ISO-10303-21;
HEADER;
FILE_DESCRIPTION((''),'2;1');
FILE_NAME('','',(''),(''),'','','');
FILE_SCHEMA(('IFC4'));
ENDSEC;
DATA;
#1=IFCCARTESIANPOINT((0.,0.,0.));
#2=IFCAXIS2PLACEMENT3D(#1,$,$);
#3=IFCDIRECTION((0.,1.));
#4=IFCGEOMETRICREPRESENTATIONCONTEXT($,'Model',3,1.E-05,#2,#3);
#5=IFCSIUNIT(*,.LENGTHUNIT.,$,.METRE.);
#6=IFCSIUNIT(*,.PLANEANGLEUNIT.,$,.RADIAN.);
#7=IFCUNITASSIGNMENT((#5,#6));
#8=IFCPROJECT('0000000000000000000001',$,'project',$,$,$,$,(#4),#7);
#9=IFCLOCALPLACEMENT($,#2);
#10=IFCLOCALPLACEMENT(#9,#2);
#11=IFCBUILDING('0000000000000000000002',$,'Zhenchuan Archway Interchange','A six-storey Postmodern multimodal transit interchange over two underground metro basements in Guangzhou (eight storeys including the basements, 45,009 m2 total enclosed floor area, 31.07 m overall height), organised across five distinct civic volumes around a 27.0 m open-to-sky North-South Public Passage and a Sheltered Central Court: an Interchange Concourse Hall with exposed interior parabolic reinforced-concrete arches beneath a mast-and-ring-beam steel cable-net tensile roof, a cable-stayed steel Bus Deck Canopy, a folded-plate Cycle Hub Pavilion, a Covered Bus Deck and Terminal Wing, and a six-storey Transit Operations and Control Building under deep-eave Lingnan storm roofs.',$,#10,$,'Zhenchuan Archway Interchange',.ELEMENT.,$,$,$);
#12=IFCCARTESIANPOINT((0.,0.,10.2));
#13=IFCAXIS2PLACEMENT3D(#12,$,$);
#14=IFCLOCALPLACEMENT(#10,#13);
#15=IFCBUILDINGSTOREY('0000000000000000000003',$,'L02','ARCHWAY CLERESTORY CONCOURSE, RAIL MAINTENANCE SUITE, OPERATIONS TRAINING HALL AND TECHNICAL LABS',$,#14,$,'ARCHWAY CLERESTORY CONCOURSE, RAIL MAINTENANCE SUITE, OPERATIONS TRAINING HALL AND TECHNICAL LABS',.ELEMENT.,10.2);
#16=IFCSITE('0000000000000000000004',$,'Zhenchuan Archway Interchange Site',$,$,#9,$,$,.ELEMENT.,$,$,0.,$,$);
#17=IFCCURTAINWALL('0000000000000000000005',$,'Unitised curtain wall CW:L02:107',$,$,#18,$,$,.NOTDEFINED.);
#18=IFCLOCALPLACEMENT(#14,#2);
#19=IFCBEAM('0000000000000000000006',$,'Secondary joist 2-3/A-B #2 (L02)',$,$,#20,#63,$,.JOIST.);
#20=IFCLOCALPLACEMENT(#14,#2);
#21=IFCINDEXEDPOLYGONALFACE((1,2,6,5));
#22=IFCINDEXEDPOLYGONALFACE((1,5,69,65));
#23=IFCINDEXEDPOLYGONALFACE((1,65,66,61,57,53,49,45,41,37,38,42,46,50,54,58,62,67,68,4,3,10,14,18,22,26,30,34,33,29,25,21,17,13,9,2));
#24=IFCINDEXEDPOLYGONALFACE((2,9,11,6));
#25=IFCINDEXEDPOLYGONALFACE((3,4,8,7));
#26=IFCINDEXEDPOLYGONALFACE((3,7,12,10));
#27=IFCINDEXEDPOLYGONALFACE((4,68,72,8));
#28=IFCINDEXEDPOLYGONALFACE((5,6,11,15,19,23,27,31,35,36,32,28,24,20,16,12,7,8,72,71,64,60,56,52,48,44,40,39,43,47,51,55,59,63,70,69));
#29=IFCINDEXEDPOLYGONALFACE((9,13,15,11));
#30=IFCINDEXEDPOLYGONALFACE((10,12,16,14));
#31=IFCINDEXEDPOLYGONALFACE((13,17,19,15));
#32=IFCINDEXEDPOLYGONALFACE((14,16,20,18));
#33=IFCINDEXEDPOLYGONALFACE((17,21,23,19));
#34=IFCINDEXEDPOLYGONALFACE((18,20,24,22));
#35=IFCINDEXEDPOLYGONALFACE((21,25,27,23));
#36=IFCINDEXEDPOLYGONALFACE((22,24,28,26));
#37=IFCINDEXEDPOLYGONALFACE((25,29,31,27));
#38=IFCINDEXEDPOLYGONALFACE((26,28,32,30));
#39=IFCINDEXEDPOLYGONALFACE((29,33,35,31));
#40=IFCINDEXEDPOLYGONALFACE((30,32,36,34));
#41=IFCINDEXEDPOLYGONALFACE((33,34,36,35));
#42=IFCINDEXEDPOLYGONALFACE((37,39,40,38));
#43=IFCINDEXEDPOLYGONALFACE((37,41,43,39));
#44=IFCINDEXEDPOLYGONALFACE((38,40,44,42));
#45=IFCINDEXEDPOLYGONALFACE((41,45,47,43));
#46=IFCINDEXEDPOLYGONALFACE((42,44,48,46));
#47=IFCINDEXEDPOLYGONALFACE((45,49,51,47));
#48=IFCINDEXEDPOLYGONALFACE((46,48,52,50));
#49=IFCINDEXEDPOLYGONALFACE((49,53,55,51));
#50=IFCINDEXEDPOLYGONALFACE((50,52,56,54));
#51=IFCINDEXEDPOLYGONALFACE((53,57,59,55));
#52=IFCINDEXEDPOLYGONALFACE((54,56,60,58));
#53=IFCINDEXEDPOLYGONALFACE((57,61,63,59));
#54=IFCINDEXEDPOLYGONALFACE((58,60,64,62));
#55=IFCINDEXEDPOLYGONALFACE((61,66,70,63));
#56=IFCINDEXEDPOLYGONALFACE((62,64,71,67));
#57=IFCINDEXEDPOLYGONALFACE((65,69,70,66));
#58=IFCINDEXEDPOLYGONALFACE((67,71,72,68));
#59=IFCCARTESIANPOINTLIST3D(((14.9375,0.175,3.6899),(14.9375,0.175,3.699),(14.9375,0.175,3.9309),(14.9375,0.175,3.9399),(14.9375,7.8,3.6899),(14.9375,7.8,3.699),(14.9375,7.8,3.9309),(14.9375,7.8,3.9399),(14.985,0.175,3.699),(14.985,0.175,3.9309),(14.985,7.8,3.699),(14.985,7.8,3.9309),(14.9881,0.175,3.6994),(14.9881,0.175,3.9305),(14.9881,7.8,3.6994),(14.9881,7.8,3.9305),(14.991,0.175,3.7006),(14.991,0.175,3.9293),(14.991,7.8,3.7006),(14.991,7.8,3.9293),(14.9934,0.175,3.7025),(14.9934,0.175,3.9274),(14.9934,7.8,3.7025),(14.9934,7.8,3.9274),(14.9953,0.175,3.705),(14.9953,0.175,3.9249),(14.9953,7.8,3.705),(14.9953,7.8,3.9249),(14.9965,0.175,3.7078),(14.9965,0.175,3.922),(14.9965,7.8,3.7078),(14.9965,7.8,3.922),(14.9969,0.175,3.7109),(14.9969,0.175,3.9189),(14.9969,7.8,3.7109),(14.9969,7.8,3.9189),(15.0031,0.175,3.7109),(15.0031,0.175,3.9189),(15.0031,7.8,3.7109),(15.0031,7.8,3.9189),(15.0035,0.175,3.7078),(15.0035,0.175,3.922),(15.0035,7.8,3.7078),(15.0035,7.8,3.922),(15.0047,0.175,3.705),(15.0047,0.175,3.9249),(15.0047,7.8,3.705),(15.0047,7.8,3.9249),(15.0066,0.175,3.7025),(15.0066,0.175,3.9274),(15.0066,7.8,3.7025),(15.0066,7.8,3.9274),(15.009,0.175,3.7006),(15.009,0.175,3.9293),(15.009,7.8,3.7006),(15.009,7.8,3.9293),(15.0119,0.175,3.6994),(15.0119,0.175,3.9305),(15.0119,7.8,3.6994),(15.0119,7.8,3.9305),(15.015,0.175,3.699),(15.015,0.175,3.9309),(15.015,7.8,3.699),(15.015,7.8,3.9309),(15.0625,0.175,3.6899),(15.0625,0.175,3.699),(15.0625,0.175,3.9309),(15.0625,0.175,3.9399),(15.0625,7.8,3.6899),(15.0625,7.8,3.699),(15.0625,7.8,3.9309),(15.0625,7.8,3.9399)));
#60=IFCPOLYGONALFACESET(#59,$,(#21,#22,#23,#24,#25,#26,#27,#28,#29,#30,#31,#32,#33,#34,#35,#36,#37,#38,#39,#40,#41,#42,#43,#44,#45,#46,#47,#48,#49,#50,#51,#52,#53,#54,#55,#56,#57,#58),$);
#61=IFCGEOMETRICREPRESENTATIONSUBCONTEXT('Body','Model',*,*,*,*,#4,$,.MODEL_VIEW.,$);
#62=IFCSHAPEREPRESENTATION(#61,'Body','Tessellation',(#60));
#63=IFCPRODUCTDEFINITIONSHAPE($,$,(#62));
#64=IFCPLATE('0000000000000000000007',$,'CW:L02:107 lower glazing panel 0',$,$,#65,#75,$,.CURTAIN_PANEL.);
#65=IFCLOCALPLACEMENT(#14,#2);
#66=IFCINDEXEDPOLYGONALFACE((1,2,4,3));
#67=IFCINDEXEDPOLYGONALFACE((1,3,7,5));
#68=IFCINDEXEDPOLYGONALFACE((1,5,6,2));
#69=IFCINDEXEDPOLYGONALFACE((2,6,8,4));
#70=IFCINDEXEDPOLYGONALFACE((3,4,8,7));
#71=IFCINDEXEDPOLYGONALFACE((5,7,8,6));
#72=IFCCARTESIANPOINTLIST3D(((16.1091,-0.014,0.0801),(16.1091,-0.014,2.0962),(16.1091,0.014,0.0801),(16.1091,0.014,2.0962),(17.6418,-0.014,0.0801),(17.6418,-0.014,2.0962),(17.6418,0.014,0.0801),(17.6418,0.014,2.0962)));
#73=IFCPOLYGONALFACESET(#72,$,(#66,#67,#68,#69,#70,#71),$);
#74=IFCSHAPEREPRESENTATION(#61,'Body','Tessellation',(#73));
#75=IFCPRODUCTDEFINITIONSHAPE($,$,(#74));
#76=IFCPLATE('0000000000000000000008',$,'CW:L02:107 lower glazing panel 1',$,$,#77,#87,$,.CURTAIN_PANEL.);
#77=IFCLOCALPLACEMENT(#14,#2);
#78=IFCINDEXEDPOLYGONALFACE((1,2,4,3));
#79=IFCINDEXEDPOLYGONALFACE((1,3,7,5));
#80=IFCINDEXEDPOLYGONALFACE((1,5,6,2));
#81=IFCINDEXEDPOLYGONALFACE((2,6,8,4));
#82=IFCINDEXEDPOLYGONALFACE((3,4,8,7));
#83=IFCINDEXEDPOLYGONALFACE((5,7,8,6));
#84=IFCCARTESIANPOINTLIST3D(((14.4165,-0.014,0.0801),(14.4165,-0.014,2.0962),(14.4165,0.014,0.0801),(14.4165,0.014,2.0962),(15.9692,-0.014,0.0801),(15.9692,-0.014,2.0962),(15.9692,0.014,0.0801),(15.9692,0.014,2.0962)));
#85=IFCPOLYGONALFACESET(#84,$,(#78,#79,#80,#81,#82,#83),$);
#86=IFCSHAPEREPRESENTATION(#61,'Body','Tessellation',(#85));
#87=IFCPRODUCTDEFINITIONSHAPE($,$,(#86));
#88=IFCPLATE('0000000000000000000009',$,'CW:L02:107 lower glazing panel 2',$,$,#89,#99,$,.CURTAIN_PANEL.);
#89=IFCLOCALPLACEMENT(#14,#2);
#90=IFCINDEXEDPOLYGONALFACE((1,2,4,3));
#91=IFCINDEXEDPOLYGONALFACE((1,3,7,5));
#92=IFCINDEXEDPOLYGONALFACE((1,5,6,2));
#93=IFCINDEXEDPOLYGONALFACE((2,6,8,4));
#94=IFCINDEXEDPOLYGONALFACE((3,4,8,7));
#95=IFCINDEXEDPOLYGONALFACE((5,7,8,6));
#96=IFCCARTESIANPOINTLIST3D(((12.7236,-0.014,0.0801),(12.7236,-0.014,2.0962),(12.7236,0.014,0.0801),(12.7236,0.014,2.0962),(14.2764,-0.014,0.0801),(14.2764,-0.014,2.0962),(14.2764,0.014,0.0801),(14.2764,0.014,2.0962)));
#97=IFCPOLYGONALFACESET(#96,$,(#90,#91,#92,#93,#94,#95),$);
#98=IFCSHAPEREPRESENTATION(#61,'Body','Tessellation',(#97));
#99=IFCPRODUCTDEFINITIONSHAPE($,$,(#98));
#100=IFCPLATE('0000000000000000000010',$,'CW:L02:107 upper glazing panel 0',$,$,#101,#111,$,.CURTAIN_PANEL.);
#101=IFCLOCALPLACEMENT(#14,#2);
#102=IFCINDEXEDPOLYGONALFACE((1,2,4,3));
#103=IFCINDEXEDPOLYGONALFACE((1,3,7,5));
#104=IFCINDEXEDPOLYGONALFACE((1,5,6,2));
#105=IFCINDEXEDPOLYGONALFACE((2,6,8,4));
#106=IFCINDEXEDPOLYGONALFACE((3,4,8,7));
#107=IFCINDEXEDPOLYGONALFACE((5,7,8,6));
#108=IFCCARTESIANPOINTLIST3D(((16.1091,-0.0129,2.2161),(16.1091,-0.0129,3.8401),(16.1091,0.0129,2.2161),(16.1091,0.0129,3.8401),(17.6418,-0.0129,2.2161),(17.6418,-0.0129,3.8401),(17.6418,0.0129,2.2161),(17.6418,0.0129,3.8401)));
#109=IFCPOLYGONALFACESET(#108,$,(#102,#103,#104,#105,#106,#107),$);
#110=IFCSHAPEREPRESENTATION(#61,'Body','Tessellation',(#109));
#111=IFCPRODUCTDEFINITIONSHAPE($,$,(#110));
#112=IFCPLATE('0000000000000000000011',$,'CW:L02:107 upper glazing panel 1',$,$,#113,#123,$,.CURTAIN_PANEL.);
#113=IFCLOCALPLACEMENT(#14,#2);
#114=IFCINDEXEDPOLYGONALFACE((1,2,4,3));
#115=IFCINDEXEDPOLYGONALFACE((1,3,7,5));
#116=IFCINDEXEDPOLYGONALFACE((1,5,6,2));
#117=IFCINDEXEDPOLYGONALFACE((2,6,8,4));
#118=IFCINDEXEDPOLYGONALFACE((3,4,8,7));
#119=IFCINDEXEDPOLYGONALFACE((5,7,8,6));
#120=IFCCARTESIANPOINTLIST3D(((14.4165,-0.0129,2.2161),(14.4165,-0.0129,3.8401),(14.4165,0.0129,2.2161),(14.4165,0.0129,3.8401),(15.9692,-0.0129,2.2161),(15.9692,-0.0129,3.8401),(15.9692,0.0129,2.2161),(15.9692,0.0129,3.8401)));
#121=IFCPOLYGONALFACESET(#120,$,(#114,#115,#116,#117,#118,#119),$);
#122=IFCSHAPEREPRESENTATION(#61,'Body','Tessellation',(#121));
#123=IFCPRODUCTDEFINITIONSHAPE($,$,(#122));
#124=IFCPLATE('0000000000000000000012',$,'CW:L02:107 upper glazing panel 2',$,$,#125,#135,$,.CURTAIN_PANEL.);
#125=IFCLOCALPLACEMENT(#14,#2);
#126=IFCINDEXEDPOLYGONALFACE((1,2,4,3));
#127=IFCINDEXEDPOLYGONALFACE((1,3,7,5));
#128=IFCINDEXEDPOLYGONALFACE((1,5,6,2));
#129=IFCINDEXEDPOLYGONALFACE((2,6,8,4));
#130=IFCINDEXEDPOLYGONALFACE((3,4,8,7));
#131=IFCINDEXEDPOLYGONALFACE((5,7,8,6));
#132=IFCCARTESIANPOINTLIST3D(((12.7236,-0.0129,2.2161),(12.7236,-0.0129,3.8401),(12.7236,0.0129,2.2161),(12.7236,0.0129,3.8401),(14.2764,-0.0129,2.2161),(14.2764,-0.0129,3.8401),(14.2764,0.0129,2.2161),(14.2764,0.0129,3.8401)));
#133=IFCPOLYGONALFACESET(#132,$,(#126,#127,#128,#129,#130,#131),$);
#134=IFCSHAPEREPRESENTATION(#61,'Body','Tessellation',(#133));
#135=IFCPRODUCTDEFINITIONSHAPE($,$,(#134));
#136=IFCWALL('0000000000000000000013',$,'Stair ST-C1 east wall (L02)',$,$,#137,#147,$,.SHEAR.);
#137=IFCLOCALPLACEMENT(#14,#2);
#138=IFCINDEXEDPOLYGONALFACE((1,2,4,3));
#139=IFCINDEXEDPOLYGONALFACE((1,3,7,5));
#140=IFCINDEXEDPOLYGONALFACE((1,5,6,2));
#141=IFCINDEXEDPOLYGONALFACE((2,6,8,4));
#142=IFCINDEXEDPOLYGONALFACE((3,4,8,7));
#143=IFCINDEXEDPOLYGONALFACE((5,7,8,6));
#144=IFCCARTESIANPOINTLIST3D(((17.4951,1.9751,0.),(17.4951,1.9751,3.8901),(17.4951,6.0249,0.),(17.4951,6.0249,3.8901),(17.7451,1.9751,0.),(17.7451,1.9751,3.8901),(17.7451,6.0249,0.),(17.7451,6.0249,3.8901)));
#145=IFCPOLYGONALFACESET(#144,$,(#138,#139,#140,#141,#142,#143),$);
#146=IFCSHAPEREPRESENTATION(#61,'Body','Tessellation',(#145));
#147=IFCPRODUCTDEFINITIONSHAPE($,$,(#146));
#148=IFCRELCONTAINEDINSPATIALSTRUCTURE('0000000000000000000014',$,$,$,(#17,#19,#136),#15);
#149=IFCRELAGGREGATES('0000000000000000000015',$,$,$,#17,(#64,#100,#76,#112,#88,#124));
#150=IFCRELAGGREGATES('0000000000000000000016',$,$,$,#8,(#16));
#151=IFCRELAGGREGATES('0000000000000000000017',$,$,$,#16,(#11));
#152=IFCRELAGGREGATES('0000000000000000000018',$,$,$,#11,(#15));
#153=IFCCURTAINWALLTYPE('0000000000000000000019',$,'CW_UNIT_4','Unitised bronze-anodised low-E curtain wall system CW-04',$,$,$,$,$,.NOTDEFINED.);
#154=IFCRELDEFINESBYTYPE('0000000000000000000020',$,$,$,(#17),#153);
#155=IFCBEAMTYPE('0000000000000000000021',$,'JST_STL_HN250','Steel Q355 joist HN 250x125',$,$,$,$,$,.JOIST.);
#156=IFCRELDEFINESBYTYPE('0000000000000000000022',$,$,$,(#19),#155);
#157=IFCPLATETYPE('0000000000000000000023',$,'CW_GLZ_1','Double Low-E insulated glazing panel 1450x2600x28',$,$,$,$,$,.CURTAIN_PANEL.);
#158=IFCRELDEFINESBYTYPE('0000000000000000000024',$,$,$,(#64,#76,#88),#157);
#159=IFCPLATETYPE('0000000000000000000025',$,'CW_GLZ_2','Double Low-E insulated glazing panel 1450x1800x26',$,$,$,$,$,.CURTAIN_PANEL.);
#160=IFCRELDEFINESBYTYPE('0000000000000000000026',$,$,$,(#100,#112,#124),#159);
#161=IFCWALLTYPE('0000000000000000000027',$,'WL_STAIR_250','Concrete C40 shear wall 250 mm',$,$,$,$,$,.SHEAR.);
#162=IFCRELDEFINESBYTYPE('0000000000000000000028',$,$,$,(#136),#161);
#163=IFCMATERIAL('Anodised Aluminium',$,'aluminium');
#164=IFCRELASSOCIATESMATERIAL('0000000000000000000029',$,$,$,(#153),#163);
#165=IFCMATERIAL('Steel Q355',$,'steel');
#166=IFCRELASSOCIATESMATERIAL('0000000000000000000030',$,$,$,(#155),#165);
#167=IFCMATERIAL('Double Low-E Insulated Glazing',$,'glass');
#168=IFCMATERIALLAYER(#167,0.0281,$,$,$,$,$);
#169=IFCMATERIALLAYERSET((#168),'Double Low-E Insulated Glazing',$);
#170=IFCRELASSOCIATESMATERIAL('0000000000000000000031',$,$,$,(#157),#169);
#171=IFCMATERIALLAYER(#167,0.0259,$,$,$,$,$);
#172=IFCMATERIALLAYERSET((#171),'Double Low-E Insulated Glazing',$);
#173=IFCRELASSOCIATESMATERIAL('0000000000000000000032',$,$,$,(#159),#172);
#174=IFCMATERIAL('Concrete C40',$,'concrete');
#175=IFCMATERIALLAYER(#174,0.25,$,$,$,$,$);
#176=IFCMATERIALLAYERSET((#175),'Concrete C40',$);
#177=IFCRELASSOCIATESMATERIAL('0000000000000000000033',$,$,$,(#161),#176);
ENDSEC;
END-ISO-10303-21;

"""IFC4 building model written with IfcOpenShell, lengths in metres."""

from ifc_helpers import new_model, si_unit, direction, frame, frame_2d, origin, origin_2d, place, context, subcontext, project, spatial, rectangle, i_section, extrude, material, layer, layer_set, material_profile, profile_set, type_object, element, aggregate, save


model = new_model("IFC4")

# Units and contexts
model_context = context("Model", 3, precision=1e-05, world=origin(), true_north=direction((0.0, 1.0)))
body_context = subcontext(model_context, "Body", "Model", "MODEL_VIEW")
ifc_project = project(units=[si_unit("LENGTHUNIT", "METRE"), si_unit("PLANEANGLEUNIT", "RADIAN")], contexts=[model_context])

# Site, building, storey
site_placement = place(None, origin())
site = spatial("IfcSite", under=ifc_project, at=site_placement, Name="Zhenchuan Archway Interchange Site", CompositionType="ELEMENT", RefElevation=0.0)
building_placement = place(site_placement, origin())
building = spatial("IfcBuilding", under=site, at=building_placement, Name="Zhenchuan Archway Interchange", Description="A six-storey Postmodern multimodal transit interchange over two underground metro basements in Guangzhou (eight storeys including the basements, 45,009 m2 total enclosed floor area, 31.07 m overall height), organised across five distinct civic volumes around a 27.0 m open-to-sky North-South Public Passage and a Sheltered Central Court: an Interchange Concourse Hall with exposed interior parabolic reinforced-concrete arches beneath a mast-and-ring-beam steel cable-net tensile roof, a cable-stayed steel Bus Deck Canopy, a folded-plate Cycle Hub Pavilion, a Covered Bus Deck and Terminal Wing, and a six-storey Transit Operations and Control Building under deep-eave Lingnan storm roofs.", LongName="Zhenchuan Archway Interchange", CompositionType="ELEMENT")
storey_placement = place(building_placement, frame((0.0, 0.0, 10.2)))
storey = spatial("IfcBuildingStorey", under=building, at=storey_placement, Name="L02", Description="ARCHWAY CLERESTORY CONCOURSE, RAIL MAINTENANCE SUITE, OPERATIONS TRAINING HALL AND TECHNICAL LABS", LongName="ARCHWAY CLERESTORY CONCOURSE, RAIL MAINTENANCE SUITE, OPERATIONS TRAINING HALL AND TECHNICAL LABS", CompositionType="ELEMENT", Elevation=10.2)

# Curtain wall
ifc_material_1 = material(Name="Anodised Aluminium", Category="aluminium")
curtain_wall_type = type_object("IfcCurtainWallType", Name="CW_UNIT_4", Description="Unitised bronze-anodised low-E curtain wall system CW-04", PredefinedType="NOTDEFINED", material=ifc_material_1)
curtain_wall_placement = place(storey_placement, origin())
curtain_wall = element("IfcCurtainWall", 1, at=curtain_wall_placement, inside=storey, type_object=curtain_wall_type, Name="Unitised curtain wall CW:L02:107", PredefinedType="NOTDEFINED")

# Beam
ifc_material_2 = material(Name="Steel Q355", Category="steel")
ifc_material_profile_1 = material_profile(ifc_material_2, i_section(OverallWidth=0.125, OverallDepth=0.25, WebThickness=0.0061, FlangeThickness=0.009, FilletRadius=0.012, at=origin_2d()), Name="HN 250x125")
ifc_profile_set_1 = profile_set([ifc_material_profile_1], Name="Steel Q355")
beam_type = type_object("IfcBeamType", Name="JST_STL_HN250", Description="Steel Q355 joist HN 250x125", PredefinedType="JOIST", material=ifc_profile_set_1)
for number, where, z_axis, x_axis, name in (
    (2, (15.0, 0.175, 3.8149), (0.0, 1.0, 0.0), (-1.0, 0.0, 0.0), "Secondary joist 2-3/A-B #2 (L02)"),
):
    element("IfcBeam", number, at=place(storey_placement, frame(where, z_axis=z_axis, x_axis=x_axis)), inside=storey, type_object=beam_type, Name=name, PredefinedType="JOIST", context=body_context, shape_type="SweptSolid", body=[
        extrude(i_section(OverallWidth=0.125, OverallDepth=0.25, WebThickness=0.0061, FlangeThickness=0.009, FilletRadius=0.012, at=origin_2d()), origin(), (0.0, 0.0, 1.0), 7.625),
    ])

# Plates
ifc_material_3 = material(Name="Double Low-E Insulated Glazing", Category="glass")
ifc_layer_1 = layer(ifc_material_3, 0.0281)
ifc_layer_set_1 = layer_set([ifc_layer_1], Name="Double Low-E Insulated Glazing")
plate_type_1 = type_object("IfcPlateType", Name="CW_GLZ_1", Description="Double Low-E insulated glazing panel 1450x2600x28", PredefinedType="CURTAIN_PANEL", material=ifc_layer_set_1)
plate_1_placement = place(storey_placement, frame((16.8755, 0.0, 0.0801), z_axis=(0.0, 0.0, 1.0), x_axis=(-1.0, 0.0, 0.0)))
plate_1 = element("IfcPlate", 3, at=plate_1_placement, type_object=plate_type_1, Name="CW:L02:107 lower glazing panel 0", PredefinedType="CURTAIN_PANEL", context=body_context, shape_type="SweptSolid", body=[
    extrude(rectangle(XDim=1.5327, YDim=0.0281, at=origin_2d()), origin(), (0.0, 0.0, 1.0), 2.0161),
])
plate_2_placement = place(storey_placement, frame((15.1929, 0.0, 0.0801), z_axis=(0.0, 0.0, 1.0), x_axis=(-1.0, 0.0, 0.0)))
plate_2 = element("IfcPlate", 4, at=plate_2_placement, type_object=plate_type_1, Name="CW:L02:107 lower glazing panel 1", PredefinedType="CURTAIN_PANEL", context=body_context, shape_type="SweptSolid", body=[
    extrude(rectangle(XDim=1.5527, YDim=0.0281, at=origin_2d()), origin(), (0.0, 0.0, 1.0), 2.0161),
])
plate_3_placement = place(storey_placement, frame((13.5, 0.0, 0.0801), z_axis=(0.0, 0.0, 1.0), x_axis=(-1.0, 0.0, 0.0)))
plate_3 = element("IfcPlate", 5, at=plate_3_placement, type_object=plate_type_1, Name="CW:L02:107 lower glazing panel 2", PredefinedType="CURTAIN_PANEL", context=body_context, shape_type="SweptSolid", body=[
    extrude(rectangle(XDim=1.5527, YDim=0.0281, at=origin_2d()), origin(), (0.0, 0.0, 1.0), 2.0161),
])
ifc_layer_2 = layer(ifc_material_3, 0.0259)
ifc_layer_set_2 = layer_set([ifc_layer_2], Name="Double Low-E Insulated Glazing")
plate_type_2 = type_object("IfcPlateType", Name="CW_GLZ_2", Description="Double Low-E insulated glazing panel 1450x1800x26", PredefinedType="CURTAIN_PANEL", material=ifc_layer_set_2)
plate_4_placement = place(storey_placement, frame((16.8755, 0.0, 2.2161), z_axis=(0.0, 0.0, 1.0), x_axis=(-1.0, 0.0, 0.0)))
plate_4 = element("IfcPlate", 6, at=plate_4_placement, type_object=plate_type_2, Name="CW:L02:107 upper glazing panel 0", PredefinedType="CURTAIN_PANEL", context=body_context, shape_type="SweptSolid", body=[
    extrude(rectangle(XDim=1.5327, YDim=0.0259, at=origin_2d()), origin(), (0.0, 0.0, 1.0), 1.624),
])
plate_5_placement = place(storey_placement, frame((15.1929, 0.0, 2.2161), z_axis=(0.0, 0.0, 1.0), x_axis=(-1.0, 0.0, 0.0)))
plate_5 = element("IfcPlate", 7, at=plate_5_placement, type_object=plate_type_2, Name="CW:L02:107 upper glazing panel 1", PredefinedType="CURTAIN_PANEL", context=body_context, shape_type="SweptSolid", body=[
    extrude(rectangle(XDim=1.5527, YDim=0.0259, at=origin_2d()), origin(), (0.0, 0.0, 1.0), 1.624),
])
plate_6_placement = place(storey_placement, frame((13.5, 0.0, 2.2161), z_axis=(0.0, 0.0, 1.0), x_axis=(-1.0, 0.0, 0.0)))
plate_6 = element("IfcPlate", 8, at=plate_6_placement, type_object=plate_type_2, Name="CW:L02:107 upper glazing panel 2", PredefinedType="CURTAIN_PANEL", context=body_context, shape_type="SweptSolid", body=[
    extrude(rectangle(XDim=1.5527, YDim=0.0259, at=origin_2d()), origin(), (0.0, 0.0, 1.0), 1.624),
])
aggregate(curtain_wall, [plate_1, plate_4, plate_2, plate_5, plate_3, plate_6])

# Wall
ifc_material_4 = material(Name="Concrete C40", Category="concrete")
ifc_layer_3 = layer(ifc_material_4, 0.25)
ifc_layer_set_3 = layer_set([ifc_layer_3], Name="Concrete C40")
wall_type = type_object("IfcWallType", Name="WL_STAIR_250", Description="Concrete C40 shear wall 250 mm", PredefinedType="SHEAR", material=ifc_layer_set_3)
wall_placement = place(storey_placement, frame((17.6201, 1.9751, 0.0), z_axis=(0.0, 0.0, 1.0), x_axis=(0.0, 1.0, 0.0)))
element("IfcWall", 9, at=wall_placement, inside=storey, type_object=wall_type, Name="Stair ST-C1 east wall (L02)", PredefinedType="SHEAR", context=body_context, shape_type="SweptSolid", body=[
    extrude(rectangle(XDim=4.0498, YDim=0.25, at=frame_2d((2.0249, 0.0))), origin(), (0.0, 0.0, 1.0), 3.8901),
])

save(model, "model.ifc")
